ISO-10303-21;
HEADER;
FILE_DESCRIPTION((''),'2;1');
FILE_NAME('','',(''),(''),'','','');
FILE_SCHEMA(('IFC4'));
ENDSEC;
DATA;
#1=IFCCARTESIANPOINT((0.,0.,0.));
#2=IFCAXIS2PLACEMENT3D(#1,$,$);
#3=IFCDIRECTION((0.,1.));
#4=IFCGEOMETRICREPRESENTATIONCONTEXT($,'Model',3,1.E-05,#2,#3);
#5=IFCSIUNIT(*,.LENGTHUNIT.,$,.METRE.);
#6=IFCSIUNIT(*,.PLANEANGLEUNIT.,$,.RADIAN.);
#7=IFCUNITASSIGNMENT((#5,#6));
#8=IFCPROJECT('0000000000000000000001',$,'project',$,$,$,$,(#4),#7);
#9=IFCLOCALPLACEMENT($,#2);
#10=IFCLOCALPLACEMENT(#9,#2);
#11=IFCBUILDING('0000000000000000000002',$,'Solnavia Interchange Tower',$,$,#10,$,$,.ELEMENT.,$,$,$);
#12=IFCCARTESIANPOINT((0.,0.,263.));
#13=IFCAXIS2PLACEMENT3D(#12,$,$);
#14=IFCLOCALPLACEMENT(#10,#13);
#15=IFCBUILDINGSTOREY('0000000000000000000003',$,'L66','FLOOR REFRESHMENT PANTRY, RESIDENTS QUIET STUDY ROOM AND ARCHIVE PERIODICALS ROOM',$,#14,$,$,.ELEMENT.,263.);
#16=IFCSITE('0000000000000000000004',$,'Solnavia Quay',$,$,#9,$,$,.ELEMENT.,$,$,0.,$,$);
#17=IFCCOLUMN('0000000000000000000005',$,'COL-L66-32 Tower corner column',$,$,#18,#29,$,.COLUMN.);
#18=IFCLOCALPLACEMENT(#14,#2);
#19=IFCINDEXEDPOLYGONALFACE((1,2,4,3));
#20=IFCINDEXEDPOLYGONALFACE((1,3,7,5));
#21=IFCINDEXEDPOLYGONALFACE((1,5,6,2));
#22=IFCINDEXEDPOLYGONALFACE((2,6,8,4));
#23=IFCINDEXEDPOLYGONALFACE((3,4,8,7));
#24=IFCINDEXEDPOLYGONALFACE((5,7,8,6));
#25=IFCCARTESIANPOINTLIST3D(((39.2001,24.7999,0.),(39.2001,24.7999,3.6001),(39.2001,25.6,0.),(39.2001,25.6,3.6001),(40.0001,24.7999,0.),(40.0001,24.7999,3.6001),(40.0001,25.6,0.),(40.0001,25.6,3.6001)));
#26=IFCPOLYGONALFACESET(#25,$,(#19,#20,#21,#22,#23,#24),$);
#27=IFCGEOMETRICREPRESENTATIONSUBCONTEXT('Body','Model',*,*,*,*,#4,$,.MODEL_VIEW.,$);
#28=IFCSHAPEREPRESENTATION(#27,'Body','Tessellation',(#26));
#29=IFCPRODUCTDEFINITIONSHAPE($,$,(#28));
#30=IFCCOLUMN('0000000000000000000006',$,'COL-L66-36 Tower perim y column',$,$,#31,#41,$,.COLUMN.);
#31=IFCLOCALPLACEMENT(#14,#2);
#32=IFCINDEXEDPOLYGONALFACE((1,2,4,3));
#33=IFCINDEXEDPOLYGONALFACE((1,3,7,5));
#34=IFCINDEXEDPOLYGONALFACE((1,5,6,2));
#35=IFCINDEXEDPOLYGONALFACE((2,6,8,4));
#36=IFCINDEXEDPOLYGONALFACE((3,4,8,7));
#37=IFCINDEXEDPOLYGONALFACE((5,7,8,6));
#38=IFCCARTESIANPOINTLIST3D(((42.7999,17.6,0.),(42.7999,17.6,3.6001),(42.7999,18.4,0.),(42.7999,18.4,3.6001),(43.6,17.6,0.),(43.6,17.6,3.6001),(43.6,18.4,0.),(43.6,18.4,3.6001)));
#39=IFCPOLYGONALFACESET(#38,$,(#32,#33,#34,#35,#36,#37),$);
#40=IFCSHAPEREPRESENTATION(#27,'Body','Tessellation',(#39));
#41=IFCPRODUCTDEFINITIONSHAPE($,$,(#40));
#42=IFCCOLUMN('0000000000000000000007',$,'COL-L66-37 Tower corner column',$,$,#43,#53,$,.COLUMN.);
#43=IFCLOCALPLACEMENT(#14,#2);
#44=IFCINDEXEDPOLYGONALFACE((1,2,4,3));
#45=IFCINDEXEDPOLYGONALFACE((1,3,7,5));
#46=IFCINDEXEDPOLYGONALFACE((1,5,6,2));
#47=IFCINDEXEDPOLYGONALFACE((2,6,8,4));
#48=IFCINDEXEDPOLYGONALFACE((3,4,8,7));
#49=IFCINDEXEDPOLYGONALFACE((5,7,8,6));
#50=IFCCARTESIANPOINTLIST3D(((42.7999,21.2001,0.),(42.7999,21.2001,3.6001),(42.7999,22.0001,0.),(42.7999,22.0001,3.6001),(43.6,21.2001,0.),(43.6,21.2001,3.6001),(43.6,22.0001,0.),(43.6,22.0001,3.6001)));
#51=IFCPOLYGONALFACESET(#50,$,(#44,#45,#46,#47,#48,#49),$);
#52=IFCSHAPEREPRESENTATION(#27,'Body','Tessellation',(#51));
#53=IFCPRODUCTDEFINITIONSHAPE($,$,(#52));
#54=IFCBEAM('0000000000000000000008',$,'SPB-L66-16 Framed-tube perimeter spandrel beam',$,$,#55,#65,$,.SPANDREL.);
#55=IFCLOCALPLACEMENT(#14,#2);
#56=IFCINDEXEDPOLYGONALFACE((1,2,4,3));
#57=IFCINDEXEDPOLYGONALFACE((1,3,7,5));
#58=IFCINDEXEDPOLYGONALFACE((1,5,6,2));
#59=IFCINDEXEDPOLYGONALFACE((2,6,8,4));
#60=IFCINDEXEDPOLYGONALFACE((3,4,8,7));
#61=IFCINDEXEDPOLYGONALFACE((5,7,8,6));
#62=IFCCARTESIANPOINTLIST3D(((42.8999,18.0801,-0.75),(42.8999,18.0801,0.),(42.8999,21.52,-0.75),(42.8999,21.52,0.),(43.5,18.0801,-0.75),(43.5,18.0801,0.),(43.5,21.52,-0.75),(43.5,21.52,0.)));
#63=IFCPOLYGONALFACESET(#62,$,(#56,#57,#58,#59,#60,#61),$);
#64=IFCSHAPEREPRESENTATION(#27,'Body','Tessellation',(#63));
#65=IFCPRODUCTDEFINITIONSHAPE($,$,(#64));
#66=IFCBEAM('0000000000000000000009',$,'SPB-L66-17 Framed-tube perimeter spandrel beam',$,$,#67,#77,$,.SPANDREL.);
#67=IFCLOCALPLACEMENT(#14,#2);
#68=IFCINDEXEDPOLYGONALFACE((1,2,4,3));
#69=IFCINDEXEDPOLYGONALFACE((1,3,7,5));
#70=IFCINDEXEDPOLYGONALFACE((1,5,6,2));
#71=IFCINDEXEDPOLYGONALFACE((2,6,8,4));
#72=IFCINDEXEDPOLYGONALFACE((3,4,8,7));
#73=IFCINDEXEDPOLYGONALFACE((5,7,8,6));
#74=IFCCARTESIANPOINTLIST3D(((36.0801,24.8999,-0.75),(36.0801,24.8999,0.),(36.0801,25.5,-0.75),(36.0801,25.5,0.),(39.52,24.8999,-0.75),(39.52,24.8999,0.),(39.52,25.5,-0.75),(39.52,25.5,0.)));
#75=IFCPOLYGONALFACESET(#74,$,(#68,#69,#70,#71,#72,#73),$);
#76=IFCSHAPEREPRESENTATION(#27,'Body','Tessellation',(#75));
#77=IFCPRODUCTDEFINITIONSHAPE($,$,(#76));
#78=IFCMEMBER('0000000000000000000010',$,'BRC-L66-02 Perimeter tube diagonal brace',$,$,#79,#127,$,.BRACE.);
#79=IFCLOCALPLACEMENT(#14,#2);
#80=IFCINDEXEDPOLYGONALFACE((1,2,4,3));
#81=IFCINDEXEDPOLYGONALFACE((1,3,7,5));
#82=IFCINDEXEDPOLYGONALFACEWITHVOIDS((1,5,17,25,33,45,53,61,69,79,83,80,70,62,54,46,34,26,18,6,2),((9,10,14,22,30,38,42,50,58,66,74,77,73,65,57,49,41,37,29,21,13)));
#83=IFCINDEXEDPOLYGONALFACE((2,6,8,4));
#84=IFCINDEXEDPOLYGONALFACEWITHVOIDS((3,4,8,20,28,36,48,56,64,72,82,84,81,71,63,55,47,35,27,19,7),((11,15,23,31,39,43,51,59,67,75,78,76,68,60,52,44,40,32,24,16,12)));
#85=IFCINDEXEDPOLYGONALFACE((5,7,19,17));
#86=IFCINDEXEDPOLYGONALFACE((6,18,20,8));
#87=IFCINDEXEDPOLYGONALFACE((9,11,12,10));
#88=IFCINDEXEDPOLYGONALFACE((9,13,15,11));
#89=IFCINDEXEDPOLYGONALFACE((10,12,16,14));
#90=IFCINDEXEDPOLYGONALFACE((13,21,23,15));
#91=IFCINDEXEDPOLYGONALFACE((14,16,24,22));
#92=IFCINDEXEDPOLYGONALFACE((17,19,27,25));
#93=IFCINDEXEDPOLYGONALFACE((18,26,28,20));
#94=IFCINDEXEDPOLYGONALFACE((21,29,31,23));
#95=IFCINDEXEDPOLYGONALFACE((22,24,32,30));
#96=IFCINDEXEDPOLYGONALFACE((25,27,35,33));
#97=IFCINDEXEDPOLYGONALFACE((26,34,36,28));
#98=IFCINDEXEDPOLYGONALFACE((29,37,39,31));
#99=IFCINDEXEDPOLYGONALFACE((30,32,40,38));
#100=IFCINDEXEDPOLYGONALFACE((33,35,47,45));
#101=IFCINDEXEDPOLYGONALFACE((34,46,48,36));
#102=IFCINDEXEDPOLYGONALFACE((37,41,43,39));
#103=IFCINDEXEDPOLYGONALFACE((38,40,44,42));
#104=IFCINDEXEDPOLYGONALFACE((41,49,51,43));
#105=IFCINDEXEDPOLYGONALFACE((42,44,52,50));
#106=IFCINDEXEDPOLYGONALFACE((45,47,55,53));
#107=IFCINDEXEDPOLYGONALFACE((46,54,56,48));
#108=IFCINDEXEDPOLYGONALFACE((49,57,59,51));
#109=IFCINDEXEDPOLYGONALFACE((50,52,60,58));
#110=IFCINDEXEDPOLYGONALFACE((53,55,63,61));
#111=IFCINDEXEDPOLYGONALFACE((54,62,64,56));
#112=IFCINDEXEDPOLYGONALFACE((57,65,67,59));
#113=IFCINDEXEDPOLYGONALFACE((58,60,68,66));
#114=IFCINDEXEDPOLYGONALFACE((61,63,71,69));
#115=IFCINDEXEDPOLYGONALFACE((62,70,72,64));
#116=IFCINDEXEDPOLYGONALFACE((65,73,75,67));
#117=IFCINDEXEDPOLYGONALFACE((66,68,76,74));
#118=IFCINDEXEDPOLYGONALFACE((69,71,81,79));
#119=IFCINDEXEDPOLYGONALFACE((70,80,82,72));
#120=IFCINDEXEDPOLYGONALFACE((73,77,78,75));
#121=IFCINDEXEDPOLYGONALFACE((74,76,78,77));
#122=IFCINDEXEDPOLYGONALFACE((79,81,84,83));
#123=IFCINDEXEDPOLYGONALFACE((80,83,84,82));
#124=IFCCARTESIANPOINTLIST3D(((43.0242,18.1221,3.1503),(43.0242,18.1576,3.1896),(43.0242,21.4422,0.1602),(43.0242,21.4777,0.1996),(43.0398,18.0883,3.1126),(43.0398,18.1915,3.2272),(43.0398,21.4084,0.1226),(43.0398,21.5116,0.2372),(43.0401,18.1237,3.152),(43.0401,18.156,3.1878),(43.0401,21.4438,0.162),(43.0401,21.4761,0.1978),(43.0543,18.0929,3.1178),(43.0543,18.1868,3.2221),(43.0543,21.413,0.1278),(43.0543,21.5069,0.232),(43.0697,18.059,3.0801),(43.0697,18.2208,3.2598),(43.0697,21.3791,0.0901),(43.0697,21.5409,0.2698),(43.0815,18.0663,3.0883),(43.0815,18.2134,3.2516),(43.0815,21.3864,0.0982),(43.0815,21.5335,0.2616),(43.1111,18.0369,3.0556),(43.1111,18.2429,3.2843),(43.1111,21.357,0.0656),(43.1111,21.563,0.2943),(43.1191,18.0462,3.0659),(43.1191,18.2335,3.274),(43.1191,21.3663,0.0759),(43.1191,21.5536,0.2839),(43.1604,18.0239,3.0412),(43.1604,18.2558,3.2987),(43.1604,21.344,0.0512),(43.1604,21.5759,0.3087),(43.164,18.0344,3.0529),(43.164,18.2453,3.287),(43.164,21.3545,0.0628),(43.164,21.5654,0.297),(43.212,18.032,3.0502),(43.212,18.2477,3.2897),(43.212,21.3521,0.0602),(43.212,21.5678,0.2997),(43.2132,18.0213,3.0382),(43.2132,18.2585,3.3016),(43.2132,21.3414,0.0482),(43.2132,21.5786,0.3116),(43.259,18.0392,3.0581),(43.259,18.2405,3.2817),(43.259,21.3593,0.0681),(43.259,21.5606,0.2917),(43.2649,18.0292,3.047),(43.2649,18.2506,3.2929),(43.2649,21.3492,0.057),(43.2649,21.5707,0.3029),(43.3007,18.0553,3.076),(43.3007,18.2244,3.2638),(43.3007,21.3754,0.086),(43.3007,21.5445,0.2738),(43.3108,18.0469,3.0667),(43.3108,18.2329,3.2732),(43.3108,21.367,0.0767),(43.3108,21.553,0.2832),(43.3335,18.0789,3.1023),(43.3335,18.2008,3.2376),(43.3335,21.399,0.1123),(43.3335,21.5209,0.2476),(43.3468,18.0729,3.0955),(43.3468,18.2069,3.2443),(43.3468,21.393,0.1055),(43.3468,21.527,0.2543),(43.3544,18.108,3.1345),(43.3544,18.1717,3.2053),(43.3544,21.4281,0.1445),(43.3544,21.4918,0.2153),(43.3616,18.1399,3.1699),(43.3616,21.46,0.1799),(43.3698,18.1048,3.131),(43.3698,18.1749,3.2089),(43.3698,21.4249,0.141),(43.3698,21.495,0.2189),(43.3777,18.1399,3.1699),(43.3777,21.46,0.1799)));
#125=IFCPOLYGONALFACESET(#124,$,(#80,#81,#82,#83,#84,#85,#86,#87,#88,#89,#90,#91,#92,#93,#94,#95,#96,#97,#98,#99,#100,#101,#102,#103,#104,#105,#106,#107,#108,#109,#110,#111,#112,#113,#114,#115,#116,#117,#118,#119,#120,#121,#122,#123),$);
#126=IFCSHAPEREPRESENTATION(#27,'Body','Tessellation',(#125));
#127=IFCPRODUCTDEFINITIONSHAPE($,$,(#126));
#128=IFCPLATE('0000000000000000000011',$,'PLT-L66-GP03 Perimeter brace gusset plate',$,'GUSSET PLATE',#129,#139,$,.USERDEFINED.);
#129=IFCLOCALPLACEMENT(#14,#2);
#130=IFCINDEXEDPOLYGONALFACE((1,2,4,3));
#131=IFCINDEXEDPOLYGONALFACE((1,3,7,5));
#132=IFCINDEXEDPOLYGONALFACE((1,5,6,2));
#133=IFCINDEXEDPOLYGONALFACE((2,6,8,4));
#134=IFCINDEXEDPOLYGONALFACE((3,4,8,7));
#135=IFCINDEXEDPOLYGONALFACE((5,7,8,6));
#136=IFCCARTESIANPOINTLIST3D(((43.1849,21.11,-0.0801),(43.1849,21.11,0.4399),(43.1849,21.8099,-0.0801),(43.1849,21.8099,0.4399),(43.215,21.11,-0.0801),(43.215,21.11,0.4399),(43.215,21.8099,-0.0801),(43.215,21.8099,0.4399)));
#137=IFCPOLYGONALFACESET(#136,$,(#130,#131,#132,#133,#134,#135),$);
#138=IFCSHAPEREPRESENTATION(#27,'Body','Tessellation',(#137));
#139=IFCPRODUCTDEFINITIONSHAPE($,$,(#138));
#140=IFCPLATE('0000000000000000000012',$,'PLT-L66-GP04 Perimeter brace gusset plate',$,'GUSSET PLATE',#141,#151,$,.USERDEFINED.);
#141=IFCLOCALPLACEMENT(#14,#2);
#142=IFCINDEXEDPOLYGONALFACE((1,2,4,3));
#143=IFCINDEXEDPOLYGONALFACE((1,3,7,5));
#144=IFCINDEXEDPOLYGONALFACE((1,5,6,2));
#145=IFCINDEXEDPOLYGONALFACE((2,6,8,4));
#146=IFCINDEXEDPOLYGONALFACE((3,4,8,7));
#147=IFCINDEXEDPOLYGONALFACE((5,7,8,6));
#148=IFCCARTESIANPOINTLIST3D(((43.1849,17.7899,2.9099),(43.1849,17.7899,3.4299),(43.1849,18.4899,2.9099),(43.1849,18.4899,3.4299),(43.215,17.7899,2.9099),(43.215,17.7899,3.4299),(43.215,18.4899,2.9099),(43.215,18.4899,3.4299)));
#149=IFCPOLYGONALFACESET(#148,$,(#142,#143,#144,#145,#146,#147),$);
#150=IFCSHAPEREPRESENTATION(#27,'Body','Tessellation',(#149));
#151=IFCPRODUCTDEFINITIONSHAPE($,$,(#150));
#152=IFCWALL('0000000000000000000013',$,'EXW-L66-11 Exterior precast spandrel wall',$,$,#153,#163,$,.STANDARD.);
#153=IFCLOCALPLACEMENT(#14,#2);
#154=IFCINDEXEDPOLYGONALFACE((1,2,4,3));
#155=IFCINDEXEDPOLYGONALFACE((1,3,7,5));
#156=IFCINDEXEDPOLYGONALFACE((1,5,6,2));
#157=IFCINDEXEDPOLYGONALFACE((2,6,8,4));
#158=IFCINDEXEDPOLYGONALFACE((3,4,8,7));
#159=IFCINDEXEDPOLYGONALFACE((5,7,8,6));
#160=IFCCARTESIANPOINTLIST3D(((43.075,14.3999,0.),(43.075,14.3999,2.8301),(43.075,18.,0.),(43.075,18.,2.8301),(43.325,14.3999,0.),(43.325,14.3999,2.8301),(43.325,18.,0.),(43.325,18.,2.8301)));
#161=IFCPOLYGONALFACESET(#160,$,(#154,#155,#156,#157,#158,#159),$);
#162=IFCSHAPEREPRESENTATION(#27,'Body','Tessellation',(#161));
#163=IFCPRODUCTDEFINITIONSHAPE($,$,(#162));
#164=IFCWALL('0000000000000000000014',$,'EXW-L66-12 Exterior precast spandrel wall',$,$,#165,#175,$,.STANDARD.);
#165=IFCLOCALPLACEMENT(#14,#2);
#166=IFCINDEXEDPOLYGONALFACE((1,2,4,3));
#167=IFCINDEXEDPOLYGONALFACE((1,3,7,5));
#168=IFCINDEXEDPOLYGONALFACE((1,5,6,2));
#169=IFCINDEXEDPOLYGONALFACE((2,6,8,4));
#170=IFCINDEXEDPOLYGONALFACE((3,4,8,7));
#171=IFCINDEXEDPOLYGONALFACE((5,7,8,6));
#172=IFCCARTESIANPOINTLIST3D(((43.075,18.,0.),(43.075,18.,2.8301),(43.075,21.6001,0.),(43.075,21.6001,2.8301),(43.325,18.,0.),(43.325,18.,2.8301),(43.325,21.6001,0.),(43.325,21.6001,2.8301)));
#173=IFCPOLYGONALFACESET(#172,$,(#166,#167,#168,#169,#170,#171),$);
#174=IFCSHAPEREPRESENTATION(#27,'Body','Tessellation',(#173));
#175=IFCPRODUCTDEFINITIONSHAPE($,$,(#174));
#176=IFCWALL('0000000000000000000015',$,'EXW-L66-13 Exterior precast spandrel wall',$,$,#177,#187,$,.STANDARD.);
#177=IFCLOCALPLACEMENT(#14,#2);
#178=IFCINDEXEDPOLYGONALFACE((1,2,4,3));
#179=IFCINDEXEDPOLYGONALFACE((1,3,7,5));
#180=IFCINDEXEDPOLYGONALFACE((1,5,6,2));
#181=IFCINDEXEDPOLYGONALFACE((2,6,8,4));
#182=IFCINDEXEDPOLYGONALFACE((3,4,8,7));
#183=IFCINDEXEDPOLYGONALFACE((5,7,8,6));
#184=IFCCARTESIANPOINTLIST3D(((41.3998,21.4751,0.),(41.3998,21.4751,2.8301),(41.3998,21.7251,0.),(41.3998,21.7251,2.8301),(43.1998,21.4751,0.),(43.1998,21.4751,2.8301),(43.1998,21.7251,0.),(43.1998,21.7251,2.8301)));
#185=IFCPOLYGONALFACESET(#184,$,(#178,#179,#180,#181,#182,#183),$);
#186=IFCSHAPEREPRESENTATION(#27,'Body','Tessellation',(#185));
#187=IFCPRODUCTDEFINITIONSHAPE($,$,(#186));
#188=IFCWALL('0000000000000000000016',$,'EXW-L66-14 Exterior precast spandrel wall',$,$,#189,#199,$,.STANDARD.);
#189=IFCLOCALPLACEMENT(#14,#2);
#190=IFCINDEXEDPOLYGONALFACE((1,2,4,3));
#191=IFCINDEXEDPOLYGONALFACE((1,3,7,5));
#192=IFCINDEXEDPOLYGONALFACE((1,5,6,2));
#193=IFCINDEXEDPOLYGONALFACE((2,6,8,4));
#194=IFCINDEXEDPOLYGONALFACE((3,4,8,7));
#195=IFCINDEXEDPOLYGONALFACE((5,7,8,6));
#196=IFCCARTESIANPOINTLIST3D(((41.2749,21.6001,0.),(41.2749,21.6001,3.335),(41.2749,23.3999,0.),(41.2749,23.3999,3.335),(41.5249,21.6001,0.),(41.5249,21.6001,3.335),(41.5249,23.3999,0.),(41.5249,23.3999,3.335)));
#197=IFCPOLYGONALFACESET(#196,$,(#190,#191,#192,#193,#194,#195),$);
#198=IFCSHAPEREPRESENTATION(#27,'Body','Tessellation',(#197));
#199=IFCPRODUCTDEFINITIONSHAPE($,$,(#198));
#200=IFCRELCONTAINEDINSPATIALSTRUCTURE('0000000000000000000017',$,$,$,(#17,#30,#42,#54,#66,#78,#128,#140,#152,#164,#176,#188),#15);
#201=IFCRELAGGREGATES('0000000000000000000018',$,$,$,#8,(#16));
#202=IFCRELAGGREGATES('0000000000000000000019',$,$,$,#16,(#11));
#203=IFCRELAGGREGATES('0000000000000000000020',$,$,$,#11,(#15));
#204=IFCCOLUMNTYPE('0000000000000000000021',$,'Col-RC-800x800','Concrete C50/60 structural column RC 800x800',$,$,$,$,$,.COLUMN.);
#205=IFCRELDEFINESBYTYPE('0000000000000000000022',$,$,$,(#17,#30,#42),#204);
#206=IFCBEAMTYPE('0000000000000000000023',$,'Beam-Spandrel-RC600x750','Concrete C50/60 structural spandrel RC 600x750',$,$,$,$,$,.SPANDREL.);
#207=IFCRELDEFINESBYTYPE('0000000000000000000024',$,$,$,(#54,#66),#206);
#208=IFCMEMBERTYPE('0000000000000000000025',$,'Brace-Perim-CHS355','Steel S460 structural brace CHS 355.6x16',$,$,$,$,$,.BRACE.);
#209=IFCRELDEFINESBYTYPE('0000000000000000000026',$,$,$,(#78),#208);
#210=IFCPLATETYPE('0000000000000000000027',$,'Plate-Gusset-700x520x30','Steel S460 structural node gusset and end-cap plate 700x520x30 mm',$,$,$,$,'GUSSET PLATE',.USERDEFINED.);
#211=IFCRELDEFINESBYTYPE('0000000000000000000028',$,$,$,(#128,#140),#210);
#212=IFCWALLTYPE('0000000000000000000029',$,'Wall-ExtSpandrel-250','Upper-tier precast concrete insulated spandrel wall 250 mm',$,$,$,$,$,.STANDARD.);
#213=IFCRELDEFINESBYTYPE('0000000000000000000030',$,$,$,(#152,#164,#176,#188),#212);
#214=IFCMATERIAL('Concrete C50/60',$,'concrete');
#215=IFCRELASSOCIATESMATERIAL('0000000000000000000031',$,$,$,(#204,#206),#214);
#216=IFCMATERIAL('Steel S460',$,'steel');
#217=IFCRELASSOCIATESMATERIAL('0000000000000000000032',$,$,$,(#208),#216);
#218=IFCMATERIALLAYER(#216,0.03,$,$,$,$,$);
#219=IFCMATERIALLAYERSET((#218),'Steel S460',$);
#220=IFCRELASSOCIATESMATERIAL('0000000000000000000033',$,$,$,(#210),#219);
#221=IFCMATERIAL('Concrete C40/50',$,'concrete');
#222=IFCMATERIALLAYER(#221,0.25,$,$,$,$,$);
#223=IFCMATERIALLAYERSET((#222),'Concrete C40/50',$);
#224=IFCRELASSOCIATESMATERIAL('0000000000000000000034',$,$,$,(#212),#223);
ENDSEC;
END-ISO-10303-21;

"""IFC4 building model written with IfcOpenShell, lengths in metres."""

from ifc_helpers import new_model, si_unit, direction, frame, frame_2d, origin, origin_2d, place, context, subcontext, project, spatial, rectangle, hollow_circle, extrude, material, layer, layer_set, material_profile, profile_set, type_object, element, save


model = new_model("IFC4")

# Units and contexts
model_context = context("Model", 3, precision=1e-05, world=origin(), true_north=direction((0.0, 1.0)))
body_context = subcontext(model_context, "Body", "Model", "MODEL_VIEW")
ifc_project = project(units=[si_unit("LENGTHUNIT", "METRE"), si_unit("PLANEANGLEUNIT", "RADIAN")], contexts=[model_context])

# Site, building, storey
site_placement = place(None, origin())
site = spatial("IfcSite", under=ifc_project, at=site_placement, Name="Solnavia Quay", CompositionType="ELEMENT", RefElevation=0.0)
building_placement = place(site_placement, origin())
building = spatial("IfcBuilding", under=site, at=building_placement, Name="Solnavia Interchange Tower", CompositionType="ELEMENT")
storey_placement = place(building_placement, frame((0.0, 0.0, 263.0)))
storey = spatial("IfcBuildingStorey", under=building, at=storey_placement, Name="L66", Description="FLOOR REFRESHMENT PANTRY, RESIDENTS QUIET STUDY ROOM AND ARCHIVE PERIODICALS ROOM", CompositionType="ELEMENT", Elevation=263.0)

# Columns
ifc_material_1 = material(Name="Concrete C50/60", Category="concrete")
ifc_material_profile_1 = material_profile(ifc_material_1, rectangle(XDim=0.8, YDim=0.8, at=origin_2d()), Name="RC 800x800")
ifc_profile_set_1 = profile_set([ifc_material_profile_1], Name="Concrete C50/60")
column_type = type_object("IfcColumnType", Name="Col-RC-800x800", Description="Concrete C50/60 structural column RC 800x800", PredefinedType="COLUMN", material=ifc_profile_set_1)
for number, where, z_axis, x_axis, name in (
    (1, (39.6001, 25.2, 0.0), (0.0, 0.0, 1.0), (1.0, 0.0, 0.0), "COL-L66-32 Tower corner column"),
    (2, (43.2, 18.0, 0.0), (0.0, 0.0, 1.0), (0.0, 1.0, 0.0), "COL-L66-36 Tower perim y column"),
    (3, (43.2, 21.6001, 0.0), (0.0, 0.0, 1.0), (0.0, 1.0, 0.0), "COL-L66-37 Tower corner column"),
):
    element("IfcColumn", number, at=place(storey_placement, frame(where, z_axis=z_axis, x_axis=x_axis)), inside=storey, type_object=column_type, Name=name, PredefinedType="COLUMN", context=body_context, shape_type="SweptSolid", body=[
        extrude(rectangle(XDim=0.8, YDim=0.8, at=origin_2d()), origin(), (0.0, 0.0, 1.0), 3.6001),
    ])

# Beams
ifc_material_profile_2 = material_profile(ifc_material_1, rectangle(XDim=0.6001, YDim=0.75, at=origin_2d()), Name="RC 600x750")
ifc_profile_set_2 = profile_set([ifc_material_profile_2], Name="Concrete C50/60")
beam_type = type_object("IfcBeamType", Name="Beam-Spandrel-RC600x750", Description="Concrete C50/60 structural spandrel RC 600x750", PredefinedType="SPANDREL", material=ifc_profile_set_2)
for number, where, z_axis, x_axis, name in (
    (4, (43.2, 18.0801, -0.375), (0.0, 1.0, 0.0), (-1.0, 0.0, 0.0), "SPB-L66-16 Framed-tube perimeter spandrel beam"),
    (5, (39.52, 25.2, -0.375), (-1.0, 0.0, 0.0), (0.0, -1.0, 0.0), "SPB-L66-17 Framed-tube perimeter spandrel beam"),
):
    element("IfcBeam", number, at=place(storey_placement, frame(where, z_axis=z_axis, x_axis=x_axis)), inside=storey, type_object=beam_type, Name=name, PredefinedType="SPANDREL", context=body_context, shape_type="SweptSolid", body=[
        extrude(rectangle(XDim=0.6001, YDim=0.75, at=origin_2d()), origin(), (0.0, 0.0, 1.0), 3.4399),
    ])

# Member
ifc_material_2 = material(Name="Steel S460", Category="steel")
ifc_material_profile_3 = material_profile(ifc_material_2, hollow_circle(Radius=0.1777, WallThickness=0.0161, at=origin_2d()), Name="CHS 355.6x16")
ifc_profile_set_3 = profile_set([ifc_material_profile_3], Name="Steel S460")
member_type = type_object("IfcMemberType", Name="Brace-Perim-CHS355", Description="Steel S460 structural brace CHS 355.6x16", PredefinedType="BRACE", material=ifc_profile_set_3)
member_placement = place(storey_placement, frame((43.2, 21.46, 0.1799), z_axis=(0.0, -0.743079, 0.669203), x_axis=(1.0, 0.0, 0.0)))
element("IfcMember", 6, at=member_placement, inside=storey, type_object=member_type, Name="BRC-L66-02 Perimeter tube diagonal brace", PredefinedType="BRACE", context=body_context, shape_type="SweptSolid", body=[
    extrude(hollow_circle(Radius=0.1777, WallThickness=0.0161, at=origin_2d()), origin(), (0.0, 0.0, 1.0), 4.468),
])

# Plates
ifc_layer_1 = layer(ifc_material_2, 0.03)
ifc_layer_set_1 = layer_set([ifc_layer_1], Name="Steel S460")
plate_type = type_object("IfcPlateType", Name="Plate-Gusset-700x520x30", Description="Steel S460 structural node gusset and end-cap plate 700x520x30 mm", ElementType="GUSSET PLATE", PredefinedType="USERDEFINED", material=ifc_layer_set_1)
for number, where, z_axis, x_axis, name in (
    (7, (43.2, 21.46, -0.0801), (0.0, 0.0, 1.0), (0.0, -1.0, 0.0), "PLT-L66-GP03 Perimeter brace gusset plate"),
    (8, (43.2, 18.1399, 2.9099), (0.0, 0.0, 1.0), (0.0, -1.0, 0.0), "PLT-L66-GP04 Perimeter brace gusset plate"),
):
    element("IfcPlate", number, at=place(storey_placement, frame(where, z_axis=z_axis, x_axis=x_axis)), inside=storey, type_object=plate_type, Name=name, ObjectType="GUSSET PLATE", PredefinedType="USERDEFINED", context=body_context, shape_type="SweptSolid", body=[
        extrude(rectangle(XDim=0.7, YDim=0.03, at=origin_2d()), origin(), (0.0, 0.0, 1.0), 0.52),
    ])

# Walls
ifc_material_3 = material(Name="Concrete C40/50", Category="concrete")
ifc_layer_2 = layer(ifc_material_3, 0.25)
ifc_layer_set_2 = layer_set([ifc_layer_2], Name="Concrete C40/50")
wall_type_1 = type_object("IfcWallType", Name="Wall-ExtSpandrel-250", Description="Upper-tier precast concrete insulated spandrel wall 250 mm", PredefinedType="STANDARD", material=ifc_layer_set_2)
for number, where, z_axis, x_axis, name in (
    (9, (43.2, 18.0, 0.0), (0.0, 0.0, 1.0), (0.0, -1.0, 0.0), "EXW-L66-11 Exterior precast spandrel wall"),
    (10, (43.2, 21.6001, 0.0), (0.0, 0.0, 1.0), (0.0, -1.0, 0.0), "EXW-L66-12 Exterior precast spandrel wall"),
):
    element("IfcWall", number, at=place(storey_placement, frame(where, z_axis=z_axis, x_axis=x_axis)), inside=storey, type_object=wall_type_1, Name=name, PredefinedType="STANDARD", context=body_context, shape_type="SweptSolid", body=[
        extrude(rectangle(XDim=3.6001, YDim=0.25, at=frame_2d((1.8, 0.0))), origin(), (0.0, 0.0, 1.0), 2.8301),
    ])
wall_1_placement = place(storey_placement, frame((41.3999, 21.6001, 0.0), z_axis=(0.0, 0.0, 1.0), x_axis=(1.0, 0.0, 0.0)))
element("IfcWall", 11, at=wall_1_placement, inside=storey, type_object=wall_type_1, Name="EXW-L66-13 Exterior precast spandrel wall", PredefinedType="STANDARD", context=body_context, shape_type="SweptSolid", body=[
    extrude(rectangle(XDim=1.8, YDim=0.25, at=frame_2d((0.8999, 0.0))), origin(), (0.0, 0.0, 1.0), 2.8301),
])
for number, where, z_axis, x_axis, name in (
    (12, (41.3999, 23.3999, 0.0), (0.0, 0.0, 1.0), (0.0, -1.0, 0.0), "EXW-L66-14 Exterior precast spandrel wall"),
):
    element("IfcWall", number, at=place(storey_placement, frame(where, z_axis=z_axis, x_axis=x_axis)), inside=storey, type_object=wall_type_1, Name=name, PredefinedType="STANDARD", context=body_context, shape_type="SweptSolid", body=[
        extrude(rectangle(XDim=1.7998, YDim=0.25, at=frame_2d((0.8999, 0.0))), origin(), (0.0, 0.0, 1.0), 3.335),
    ])

save(model, "model.ifc")
